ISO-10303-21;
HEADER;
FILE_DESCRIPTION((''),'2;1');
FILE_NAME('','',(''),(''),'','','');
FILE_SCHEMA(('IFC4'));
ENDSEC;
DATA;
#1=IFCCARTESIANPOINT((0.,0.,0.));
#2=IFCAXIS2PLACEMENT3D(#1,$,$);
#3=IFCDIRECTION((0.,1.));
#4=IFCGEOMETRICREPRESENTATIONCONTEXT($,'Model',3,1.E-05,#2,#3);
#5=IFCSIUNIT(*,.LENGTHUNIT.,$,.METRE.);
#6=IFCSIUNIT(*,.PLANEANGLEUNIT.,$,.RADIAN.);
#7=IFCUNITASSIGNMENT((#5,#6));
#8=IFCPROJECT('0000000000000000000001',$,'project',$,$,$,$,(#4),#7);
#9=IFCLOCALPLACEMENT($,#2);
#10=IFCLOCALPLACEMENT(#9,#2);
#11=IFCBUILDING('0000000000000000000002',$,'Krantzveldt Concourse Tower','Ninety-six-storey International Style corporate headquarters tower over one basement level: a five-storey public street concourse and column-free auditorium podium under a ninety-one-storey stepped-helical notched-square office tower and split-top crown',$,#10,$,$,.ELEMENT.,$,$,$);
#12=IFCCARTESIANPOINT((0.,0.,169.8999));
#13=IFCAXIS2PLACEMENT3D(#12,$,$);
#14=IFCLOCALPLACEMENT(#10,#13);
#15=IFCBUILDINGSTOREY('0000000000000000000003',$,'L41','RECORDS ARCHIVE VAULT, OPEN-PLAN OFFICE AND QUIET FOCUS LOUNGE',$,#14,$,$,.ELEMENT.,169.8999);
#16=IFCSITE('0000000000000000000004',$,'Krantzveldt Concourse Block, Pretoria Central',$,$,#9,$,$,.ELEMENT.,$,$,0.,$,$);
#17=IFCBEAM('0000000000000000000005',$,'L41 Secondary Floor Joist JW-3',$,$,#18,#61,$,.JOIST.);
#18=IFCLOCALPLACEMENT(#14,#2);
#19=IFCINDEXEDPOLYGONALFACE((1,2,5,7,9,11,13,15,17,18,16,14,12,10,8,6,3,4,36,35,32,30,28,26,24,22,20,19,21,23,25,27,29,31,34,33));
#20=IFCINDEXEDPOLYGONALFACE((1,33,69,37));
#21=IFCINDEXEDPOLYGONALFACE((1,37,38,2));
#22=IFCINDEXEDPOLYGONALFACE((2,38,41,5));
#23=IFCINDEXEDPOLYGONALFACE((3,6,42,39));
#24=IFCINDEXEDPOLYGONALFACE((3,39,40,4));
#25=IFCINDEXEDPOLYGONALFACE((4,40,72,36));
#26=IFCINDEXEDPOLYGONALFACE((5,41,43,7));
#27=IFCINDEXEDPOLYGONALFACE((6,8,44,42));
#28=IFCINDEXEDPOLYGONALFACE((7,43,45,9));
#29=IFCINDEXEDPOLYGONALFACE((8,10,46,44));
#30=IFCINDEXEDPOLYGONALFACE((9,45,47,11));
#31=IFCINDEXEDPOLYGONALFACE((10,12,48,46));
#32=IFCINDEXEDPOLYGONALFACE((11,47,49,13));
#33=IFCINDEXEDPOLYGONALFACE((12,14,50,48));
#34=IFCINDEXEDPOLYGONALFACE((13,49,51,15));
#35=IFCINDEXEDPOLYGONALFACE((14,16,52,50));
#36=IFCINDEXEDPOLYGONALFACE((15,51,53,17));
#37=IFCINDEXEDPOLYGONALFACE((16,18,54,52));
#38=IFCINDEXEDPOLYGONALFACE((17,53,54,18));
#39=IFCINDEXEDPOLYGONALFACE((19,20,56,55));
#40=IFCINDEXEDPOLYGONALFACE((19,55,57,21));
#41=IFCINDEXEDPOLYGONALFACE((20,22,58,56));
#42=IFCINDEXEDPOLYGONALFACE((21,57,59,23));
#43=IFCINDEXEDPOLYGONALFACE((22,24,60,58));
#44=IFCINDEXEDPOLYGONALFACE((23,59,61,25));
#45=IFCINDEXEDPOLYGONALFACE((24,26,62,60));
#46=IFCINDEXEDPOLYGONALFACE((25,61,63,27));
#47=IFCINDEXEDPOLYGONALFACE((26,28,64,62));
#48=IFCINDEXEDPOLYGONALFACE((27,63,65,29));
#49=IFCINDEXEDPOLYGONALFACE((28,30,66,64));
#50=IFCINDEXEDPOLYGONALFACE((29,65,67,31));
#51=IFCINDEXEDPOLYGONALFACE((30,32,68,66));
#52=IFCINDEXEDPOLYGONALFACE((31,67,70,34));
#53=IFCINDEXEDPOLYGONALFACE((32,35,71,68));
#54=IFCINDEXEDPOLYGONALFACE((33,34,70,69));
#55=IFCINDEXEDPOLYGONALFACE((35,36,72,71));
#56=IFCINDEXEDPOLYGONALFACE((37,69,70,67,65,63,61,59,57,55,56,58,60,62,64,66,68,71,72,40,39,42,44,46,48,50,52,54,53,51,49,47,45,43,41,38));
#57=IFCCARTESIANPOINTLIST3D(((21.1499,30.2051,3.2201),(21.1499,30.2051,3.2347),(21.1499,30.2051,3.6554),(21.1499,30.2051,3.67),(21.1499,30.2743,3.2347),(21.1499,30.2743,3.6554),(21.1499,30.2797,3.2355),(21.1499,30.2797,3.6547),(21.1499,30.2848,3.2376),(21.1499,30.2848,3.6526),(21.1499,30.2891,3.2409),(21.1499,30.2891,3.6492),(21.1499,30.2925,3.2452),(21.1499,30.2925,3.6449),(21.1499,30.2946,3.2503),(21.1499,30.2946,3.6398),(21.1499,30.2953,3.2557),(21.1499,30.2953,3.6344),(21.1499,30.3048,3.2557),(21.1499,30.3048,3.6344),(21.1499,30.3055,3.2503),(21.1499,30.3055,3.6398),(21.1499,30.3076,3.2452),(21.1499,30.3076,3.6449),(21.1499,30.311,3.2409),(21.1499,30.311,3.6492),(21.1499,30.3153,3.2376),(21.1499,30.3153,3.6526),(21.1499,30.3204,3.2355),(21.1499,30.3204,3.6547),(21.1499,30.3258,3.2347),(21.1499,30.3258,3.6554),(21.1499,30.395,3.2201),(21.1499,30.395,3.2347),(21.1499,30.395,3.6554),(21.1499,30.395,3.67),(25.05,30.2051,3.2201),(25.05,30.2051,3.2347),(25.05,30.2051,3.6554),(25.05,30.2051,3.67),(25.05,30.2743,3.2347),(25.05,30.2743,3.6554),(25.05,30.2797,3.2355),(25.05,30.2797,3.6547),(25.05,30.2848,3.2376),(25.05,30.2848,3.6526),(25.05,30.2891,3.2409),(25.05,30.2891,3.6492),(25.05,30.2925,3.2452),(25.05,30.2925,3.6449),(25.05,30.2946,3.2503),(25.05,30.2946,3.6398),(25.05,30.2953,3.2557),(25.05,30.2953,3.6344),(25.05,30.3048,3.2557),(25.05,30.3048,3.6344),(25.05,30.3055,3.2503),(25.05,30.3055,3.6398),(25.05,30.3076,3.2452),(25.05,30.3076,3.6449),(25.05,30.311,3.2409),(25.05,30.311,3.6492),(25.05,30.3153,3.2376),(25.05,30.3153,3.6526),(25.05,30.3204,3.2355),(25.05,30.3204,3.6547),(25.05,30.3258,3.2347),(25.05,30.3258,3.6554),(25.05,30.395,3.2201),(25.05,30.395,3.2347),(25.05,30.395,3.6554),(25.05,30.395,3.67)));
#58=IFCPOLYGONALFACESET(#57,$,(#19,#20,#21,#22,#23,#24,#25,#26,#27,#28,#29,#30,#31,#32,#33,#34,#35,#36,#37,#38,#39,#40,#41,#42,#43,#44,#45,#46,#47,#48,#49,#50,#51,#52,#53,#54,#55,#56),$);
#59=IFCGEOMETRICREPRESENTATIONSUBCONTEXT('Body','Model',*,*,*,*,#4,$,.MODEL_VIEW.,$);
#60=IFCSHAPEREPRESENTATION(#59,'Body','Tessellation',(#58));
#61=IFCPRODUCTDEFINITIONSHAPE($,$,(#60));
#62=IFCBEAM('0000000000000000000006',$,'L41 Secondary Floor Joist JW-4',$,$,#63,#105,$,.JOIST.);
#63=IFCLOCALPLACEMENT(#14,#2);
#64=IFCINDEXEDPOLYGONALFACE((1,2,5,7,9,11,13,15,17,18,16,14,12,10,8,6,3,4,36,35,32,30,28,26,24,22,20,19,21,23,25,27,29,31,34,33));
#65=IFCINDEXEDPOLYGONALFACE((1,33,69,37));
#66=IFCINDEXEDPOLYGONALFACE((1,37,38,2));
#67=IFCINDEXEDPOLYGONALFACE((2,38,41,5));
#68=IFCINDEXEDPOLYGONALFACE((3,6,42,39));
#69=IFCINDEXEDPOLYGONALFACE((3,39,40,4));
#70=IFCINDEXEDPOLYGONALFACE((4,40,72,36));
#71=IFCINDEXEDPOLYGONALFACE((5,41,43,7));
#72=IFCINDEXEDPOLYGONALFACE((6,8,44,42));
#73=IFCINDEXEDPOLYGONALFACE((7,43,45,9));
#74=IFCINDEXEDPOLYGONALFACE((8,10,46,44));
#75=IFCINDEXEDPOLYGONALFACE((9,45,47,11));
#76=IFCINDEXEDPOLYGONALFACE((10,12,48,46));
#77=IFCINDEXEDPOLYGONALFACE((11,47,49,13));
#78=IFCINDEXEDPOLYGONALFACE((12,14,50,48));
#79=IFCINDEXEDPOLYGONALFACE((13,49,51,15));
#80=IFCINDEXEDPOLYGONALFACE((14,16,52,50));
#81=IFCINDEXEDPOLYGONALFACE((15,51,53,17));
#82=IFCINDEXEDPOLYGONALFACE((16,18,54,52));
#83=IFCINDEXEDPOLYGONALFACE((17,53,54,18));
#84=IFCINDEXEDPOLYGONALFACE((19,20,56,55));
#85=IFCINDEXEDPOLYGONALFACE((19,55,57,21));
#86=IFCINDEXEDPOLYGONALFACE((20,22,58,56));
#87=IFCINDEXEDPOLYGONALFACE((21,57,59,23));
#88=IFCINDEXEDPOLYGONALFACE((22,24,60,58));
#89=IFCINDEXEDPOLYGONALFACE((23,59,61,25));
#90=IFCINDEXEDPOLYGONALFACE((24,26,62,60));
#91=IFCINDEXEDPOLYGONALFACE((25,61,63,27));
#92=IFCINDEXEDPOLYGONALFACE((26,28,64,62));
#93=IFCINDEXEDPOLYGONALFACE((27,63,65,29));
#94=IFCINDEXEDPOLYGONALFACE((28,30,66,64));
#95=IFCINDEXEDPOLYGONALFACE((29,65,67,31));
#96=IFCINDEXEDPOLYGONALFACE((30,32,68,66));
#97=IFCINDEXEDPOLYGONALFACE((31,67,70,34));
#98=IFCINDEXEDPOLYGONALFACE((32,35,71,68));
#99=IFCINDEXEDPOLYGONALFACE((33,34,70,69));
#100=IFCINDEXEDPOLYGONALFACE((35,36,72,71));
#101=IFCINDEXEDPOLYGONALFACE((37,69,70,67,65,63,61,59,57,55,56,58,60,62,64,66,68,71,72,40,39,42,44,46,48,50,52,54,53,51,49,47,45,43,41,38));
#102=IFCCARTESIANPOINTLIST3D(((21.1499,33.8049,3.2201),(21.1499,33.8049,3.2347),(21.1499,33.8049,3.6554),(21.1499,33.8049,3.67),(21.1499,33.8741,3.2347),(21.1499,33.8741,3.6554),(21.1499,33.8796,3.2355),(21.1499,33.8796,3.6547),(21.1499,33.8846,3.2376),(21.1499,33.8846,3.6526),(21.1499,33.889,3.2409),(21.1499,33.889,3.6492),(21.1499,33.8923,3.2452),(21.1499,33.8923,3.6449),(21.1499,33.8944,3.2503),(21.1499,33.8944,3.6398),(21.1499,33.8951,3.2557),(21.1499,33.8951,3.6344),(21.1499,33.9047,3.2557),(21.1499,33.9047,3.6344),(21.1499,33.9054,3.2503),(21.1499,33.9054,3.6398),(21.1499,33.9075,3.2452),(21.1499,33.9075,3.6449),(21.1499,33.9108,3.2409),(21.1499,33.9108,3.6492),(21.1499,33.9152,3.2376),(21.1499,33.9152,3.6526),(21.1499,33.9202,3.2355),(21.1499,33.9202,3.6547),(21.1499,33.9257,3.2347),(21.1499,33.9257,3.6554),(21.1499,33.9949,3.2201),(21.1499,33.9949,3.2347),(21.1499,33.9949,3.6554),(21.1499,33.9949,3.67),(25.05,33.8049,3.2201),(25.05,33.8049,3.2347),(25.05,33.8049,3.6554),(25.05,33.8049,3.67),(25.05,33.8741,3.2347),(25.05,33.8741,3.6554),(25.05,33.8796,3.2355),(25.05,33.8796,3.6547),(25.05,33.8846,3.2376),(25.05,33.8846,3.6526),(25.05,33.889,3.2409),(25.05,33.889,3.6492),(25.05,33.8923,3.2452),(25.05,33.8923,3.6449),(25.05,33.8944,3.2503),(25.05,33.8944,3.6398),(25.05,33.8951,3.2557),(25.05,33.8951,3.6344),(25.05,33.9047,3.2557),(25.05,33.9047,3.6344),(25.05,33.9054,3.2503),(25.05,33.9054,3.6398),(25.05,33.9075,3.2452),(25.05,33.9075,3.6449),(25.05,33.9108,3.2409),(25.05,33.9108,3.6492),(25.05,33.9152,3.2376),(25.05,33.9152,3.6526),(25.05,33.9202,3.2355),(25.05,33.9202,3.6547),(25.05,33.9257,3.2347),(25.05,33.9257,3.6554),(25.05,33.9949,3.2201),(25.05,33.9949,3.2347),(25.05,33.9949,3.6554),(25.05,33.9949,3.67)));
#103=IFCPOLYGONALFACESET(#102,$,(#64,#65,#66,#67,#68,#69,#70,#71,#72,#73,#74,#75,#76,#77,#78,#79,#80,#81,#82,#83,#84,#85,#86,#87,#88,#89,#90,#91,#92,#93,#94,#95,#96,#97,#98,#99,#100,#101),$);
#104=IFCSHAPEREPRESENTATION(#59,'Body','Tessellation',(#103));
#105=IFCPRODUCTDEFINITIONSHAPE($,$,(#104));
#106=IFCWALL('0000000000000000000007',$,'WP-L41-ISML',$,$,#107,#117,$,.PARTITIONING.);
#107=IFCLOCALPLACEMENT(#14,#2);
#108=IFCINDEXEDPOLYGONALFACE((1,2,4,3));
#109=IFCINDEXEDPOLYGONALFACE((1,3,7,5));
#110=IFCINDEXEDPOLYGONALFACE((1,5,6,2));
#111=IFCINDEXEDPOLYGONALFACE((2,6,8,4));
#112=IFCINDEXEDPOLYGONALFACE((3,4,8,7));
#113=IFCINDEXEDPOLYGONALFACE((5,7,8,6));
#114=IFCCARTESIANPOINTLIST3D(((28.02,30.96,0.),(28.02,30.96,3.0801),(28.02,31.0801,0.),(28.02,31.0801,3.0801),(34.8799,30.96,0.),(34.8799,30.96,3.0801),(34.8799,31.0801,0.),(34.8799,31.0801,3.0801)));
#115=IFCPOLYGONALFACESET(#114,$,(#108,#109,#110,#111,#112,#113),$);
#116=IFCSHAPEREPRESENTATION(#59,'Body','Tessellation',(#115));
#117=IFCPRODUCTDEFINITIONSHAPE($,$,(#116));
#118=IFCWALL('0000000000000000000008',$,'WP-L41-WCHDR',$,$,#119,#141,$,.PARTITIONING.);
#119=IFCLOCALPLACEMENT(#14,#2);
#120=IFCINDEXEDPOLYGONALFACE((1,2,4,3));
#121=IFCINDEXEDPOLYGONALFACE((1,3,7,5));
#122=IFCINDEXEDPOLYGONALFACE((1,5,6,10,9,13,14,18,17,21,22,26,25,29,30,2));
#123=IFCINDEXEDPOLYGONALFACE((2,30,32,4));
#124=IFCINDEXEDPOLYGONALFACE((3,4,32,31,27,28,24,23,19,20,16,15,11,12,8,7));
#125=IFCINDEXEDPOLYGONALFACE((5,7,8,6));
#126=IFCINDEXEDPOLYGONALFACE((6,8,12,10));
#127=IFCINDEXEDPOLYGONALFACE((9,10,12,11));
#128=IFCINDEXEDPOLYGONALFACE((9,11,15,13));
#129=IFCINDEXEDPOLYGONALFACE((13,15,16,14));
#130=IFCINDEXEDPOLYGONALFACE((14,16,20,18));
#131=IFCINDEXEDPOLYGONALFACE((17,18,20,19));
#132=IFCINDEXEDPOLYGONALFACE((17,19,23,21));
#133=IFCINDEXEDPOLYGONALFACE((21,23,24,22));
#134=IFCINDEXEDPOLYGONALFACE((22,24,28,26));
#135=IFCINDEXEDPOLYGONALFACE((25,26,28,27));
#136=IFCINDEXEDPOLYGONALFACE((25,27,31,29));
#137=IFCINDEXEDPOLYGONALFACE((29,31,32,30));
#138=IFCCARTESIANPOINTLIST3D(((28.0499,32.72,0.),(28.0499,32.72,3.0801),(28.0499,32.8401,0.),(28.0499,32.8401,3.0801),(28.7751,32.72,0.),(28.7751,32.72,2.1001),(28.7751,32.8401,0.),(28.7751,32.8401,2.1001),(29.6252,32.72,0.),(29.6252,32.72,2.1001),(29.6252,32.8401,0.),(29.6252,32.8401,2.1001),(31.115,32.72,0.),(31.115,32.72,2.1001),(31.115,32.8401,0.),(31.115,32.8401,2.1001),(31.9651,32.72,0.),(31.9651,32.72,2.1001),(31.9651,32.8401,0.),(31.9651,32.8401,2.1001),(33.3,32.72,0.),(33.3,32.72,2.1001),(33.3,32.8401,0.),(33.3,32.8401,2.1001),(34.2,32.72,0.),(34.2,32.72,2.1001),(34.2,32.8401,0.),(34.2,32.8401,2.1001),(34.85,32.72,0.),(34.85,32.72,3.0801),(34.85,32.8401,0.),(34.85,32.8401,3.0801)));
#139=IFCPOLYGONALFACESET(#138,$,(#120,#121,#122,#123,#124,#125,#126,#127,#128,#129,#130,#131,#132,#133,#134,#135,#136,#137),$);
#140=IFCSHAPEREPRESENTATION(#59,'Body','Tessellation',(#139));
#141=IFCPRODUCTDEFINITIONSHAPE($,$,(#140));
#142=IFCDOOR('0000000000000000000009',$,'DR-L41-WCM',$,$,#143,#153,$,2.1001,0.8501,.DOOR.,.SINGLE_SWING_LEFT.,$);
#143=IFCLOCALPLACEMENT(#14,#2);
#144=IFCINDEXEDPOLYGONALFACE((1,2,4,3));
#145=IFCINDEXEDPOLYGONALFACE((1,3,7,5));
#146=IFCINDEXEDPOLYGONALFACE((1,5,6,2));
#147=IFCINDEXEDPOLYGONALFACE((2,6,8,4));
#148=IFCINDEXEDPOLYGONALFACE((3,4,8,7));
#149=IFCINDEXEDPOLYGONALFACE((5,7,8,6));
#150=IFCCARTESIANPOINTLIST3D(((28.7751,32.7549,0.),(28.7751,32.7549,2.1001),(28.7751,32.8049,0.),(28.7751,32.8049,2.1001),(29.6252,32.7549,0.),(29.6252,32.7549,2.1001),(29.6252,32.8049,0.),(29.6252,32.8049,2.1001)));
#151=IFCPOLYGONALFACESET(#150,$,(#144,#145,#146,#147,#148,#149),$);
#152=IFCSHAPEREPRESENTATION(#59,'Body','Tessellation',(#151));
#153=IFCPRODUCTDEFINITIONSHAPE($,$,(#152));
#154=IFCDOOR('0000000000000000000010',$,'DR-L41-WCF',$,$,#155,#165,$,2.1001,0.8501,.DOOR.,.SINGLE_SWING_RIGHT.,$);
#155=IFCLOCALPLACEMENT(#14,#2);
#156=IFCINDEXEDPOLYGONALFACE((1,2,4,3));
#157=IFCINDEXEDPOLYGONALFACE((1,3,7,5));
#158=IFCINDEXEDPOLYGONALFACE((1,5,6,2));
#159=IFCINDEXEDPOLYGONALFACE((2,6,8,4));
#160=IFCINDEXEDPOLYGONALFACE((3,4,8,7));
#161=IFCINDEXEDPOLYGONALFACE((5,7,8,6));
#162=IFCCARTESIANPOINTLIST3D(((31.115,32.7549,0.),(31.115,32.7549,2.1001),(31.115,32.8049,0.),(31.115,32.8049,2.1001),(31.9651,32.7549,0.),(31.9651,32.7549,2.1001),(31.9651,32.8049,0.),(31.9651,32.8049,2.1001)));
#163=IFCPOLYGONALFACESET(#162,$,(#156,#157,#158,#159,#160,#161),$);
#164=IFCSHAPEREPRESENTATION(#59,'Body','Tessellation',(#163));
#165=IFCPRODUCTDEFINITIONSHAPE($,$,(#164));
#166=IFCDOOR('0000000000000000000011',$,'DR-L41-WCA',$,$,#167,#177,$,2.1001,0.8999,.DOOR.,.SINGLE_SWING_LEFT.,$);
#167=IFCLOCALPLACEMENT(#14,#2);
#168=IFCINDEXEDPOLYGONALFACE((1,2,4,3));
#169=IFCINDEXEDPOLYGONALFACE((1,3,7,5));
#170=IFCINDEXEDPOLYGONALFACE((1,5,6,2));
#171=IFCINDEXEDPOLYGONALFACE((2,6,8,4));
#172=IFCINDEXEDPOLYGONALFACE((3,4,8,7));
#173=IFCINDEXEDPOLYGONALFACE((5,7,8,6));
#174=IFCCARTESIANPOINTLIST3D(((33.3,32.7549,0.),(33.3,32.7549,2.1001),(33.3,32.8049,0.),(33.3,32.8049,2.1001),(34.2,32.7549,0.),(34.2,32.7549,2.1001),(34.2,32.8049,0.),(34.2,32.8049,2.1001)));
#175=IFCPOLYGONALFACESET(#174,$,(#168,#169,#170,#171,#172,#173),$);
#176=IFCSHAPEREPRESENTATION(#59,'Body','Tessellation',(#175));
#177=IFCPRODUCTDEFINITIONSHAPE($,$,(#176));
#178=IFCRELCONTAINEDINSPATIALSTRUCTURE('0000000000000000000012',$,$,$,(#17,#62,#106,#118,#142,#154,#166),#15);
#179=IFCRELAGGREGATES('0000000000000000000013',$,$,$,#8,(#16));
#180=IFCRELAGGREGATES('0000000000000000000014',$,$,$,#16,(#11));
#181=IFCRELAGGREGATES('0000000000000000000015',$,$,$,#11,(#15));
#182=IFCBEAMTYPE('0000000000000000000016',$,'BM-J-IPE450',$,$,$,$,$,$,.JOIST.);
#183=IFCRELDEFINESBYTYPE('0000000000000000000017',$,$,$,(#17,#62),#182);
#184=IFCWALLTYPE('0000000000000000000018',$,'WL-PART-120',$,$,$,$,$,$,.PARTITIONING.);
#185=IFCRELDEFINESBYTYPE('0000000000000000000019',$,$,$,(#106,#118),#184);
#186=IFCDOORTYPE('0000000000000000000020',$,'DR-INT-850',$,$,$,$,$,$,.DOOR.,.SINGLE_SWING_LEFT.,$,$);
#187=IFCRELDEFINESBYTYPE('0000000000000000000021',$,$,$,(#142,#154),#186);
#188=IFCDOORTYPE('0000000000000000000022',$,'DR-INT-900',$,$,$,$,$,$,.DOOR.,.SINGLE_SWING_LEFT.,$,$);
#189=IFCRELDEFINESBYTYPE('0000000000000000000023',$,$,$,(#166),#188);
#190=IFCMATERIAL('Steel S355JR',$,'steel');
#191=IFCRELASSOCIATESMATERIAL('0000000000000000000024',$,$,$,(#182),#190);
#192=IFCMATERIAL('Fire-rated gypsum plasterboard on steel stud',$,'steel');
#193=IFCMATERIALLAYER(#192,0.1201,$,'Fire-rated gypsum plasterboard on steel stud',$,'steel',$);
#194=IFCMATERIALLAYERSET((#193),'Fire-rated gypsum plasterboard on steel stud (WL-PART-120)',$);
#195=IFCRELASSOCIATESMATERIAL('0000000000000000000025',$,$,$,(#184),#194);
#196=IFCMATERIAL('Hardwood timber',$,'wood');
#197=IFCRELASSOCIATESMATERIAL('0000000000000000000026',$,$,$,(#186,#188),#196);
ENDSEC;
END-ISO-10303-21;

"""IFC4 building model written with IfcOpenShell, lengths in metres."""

from ifc_helpers import new_model, si_unit, direction, frame, frame_2d, origin, origin_2d, place, context, subcontext, project, spatial, rectangle, i_section, extrude, source, transform, mapped, material, layer, layer_set, material_profile, profile_set, type_object, element, fill, save


model = new_model("IFC4")

# Units and contexts
model_context = context("Model", 3, precision=1e-05, world=origin(), true_north=direction((0.0, 1.0)))
body_context = subcontext(model_context, "Body", "Model", "MODEL_VIEW")
ifc_project = project(units=[si_unit("LENGTHUNIT", "METRE"), si_unit("PLANEANGLEUNIT", "RADIAN")], contexts=[model_context])

# Site, building, storey
site_placement = place(None, origin())
site = spatial("IfcSite", under=ifc_project, at=site_placement, Name="Krantzveldt Concourse Block, Pretoria Central", CompositionType="ELEMENT", RefElevation=0.0)
building_placement = place(site_placement, origin())
building = spatial("IfcBuilding", under=site, at=building_placement, Name="Krantzveldt Concourse Tower", Description="Ninety-six-storey International Style corporate headquarters tower over one basement level: a five-storey public street concourse and column-free auditorium podium under a ninety-one-storey stepped-helical notched-square office tower and split-top crown", CompositionType="ELEMENT")
storey_placement = place(building_placement, frame((0.0, 0.0, 169.8999)))
storey = spatial("IfcBuildingStorey", under=building, at=storey_placement, Name="L41", Description="RECORDS ARCHIVE VAULT, OPEN-PLAN OFFICE AND QUIET FOCUS LOUNGE", CompositionType="ELEMENT", Elevation=169.8999)

# Beams
ifc_material_1 = material(Name="Steel S355JR", Category="steel")
ifc_material_profile_1 = material_profile(ifc_material_1, i_section(OverallWidth=0.1899, OverallDepth=0.45, WebThickness=0.0095, FlangeThickness=0.0146, FilletRadius=0.021, at=origin_2d()), Name="Steel S355JR", Category="steel")
ifc_profile_set_1 = profile_set([ifc_material_profile_1], Name="Steel S355JR - IPE 450")
beam_type_1 = type_object("IfcBeamType", Name="BM-J-IPE450", PredefinedType="JOIST", material=ifc_profile_set_1)
shared_shape_1 = source(origin(), body_context, "Body", "SweptSolid", [
    extrude(i_section(OverallWidth=0.1899, OverallDepth=0.45, WebThickness=0.0095, FlangeThickness=0.0146, FilletRadius=0.021, at=origin_2d()), origin(), (0.0, 0.0, 1.0), 3.9001),
])
for number, where, z_axis, x_axis, name in (
    (1, (21.1499, 30.3, 3.4451), (1.0, 0.0, 0.0), (0.0, 1.0, 0.0), "L41 Secondary Floor Joist JW-3"),
    (2, (21.1499, 33.8999, 3.4451), (1.0, 0.0, 0.0), (0.0, 1.0, 0.0), "L41 Secondary Floor Joist JW-4"),
):
    element("IfcBeam", number, at=place(storey_placement, frame(where, z_axis=z_axis, x_axis=x_axis)), inside=storey, type_object=beam_type_1, Name=name, PredefinedType="JOIST", context=body_context, shape_type="MappedRepresentation", body=[
        mapped(shared_shape_1, transform((0.0, 0.0, 0.0), x_axis=(1.0, 0.0, 0.0), y_axis=(0.0, 1.0, 0.0), z_axis=(0.0, 0.0, 1.0), scale=1.0)),
    ])

# Wall
ifc_material_2 = material(Name="Fire-rated gypsum plasterboard on steel stud", Category="steel")
ifc_layer_1 = layer(ifc_material_2, 0.1201, Name="Fire-rated gypsum plasterboard on steel stud", Category="steel")
ifc_layer_set_1 = layer_set([ifc_layer_1], Name="Fire-rated gypsum plasterboard on steel stud (WL-PART-120)")
wall_type_1 = type_object("IfcWallType", Name="WL-PART-120", PredefinedType="PARTITIONING", material=ifc_layer_set_1)
wall_1_placement = place(storey_placement, frame((28.02, 31.02, 0.0), z_axis=(0.0, 0.0, 1.0), x_axis=(1.0, 0.0, 0.0)))
element("IfcWall", 3, at=wall_1_placement, inside=storey, type_object=wall_type_1, Name="WP-L41-ISML", PredefinedType="PARTITIONING", context=body_context, shape_type="SweptSolid", body=[
    extrude(rectangle(XDim=6.8599, YDim=0.1201, at=frame_2d((3.4299, 0.0))), origin(), (0.0, 0.0, 1.0), 3.0801),
])

# Wall, openings, doors
wall_2_placement = place(storey_placement, frame((28.05, 32.78, 0.0), z_axis=(0.0, 0.0, 1.0), x_axis=(1.0, 0.0, 0.0)))
wall_2 = element("IfcWall", 4, at=wall_2_placement, inside=storey, type_object=wall_type_1, Name="WP-L41-WCHDR", PredefinedType="PARTITIONING", context=body_context, shape_type="SweptSolid", body=[
    extrude(rectangle(XDim=6.8, YDim=0.1201, at=frame_2d((3.3999, 0.0))), origin(), (0.0, 0.0, 1.0), 3.0801),
])
opening_1_placement = place(wall_2_placement, frame((0.7251, 0.0, 0.0)))
opening_1 = element("IfcOpeningElement", 5, at=opening_1_placement, cuts=wall_2, PredefinedType="OPENING", context=body_context, shape_type="SweptSolid", body=[
    extrude(rectangle(XDim=0.8501, YDim=2.1001, at=frame_2d((0.425, 1.05))), frame((0.0, 0.0701, 0.0), z_axis=(0.0, -1.0, 0.0), x_axis=(1.0, 0.0, 0.0)), (0.0, 0.0, 1.0), 0.1401),
])
opening_2_placement = place(wall_2_placement, frame((3.0649, 0.0, 0.0)))
opening_2 = element("IfcOpeningElement", 6, at=opening_2_placement, cuts=wall_2, PredefinedType="OPENING", context=body_context, shape_type="SweptSolid", body=[
    extrude(rectangle(XDim=0.8501, YDim=2.1001, at=frame_2d((0.425, 1.05))), frame((0.0, 0.0701, 0.0), z_axis=(0.0, -1.0, 0.0), x_axis=(1.0, 0.0, 0.0)), (0.0, 0.0, 1.0), 0.1401),
])
opening_3_placement = place(wall_2_placement, frame((5.25, 0.0, 0.0)))
opening_3 = element("IfcOpeningElement", 7, at=opening_3_placement, cuts=wall_2, PredefinedType="OPENING", context=body_context, shape_type="SweptSolid", body=[
    extrude(rectangle(XDim=0.8999, YDim=2.1001, at=frame_2d((0.45, 1.05))), frame((0.0, 0.0701, 0.0), z_axis=(0.0, -1.0, 0.0), x_axis=(1.0, 0.0, 0.0)), (0.0, 0.0, 1.0), 0.1401),
])
ifc_material_3 = material(Name="Hardwood timber", Category="wood")
door_type_1 = type_object("IfcDoorType", Name="DR-INT-850", OperationType="SINGLE_SWING_LEFT", PredefinedType="DOOR", material=ifc_material_3)
door_1_placement = place(opening_1_placement, origin())
door_1 = element("IfcDoor", 8, at=door_1_placement, inside=storey, type_object=door_type_1, Name="DR-L41-WCM", OperationType="SINGLE_SWING_LEFT", OverallHeight=2.1001, OverallWidth=0.8501, PredefinedType="DOOR", context=body_context, shape_type="SweptSolid", body=[
    extrude(rectangle(XDim=0.8501, YDim=2.1001, at=frame_2d((0.425, 1.05))), frame((0.0, 0.0249, 0.0), z_axis=(0.0, -1.0, 0.0), x_axis=(1.0, 0.0, 0.0)), (0.0, 0.0, 1.0), 0.05),
])
fill(opening_1, door_1)
door_2_placement = place(opening_2_placement, origin())
door_2 = element("IfcDoor", 9, at=door_2_placement, inside=storey, type_object=door_type_1, Name="DR-L41-WCF", OperationType="SINGLE_SWING_RIGHT", OverallHeight=2.1001, OverallWidth=0.8501, PredefinedType="DOOR", context=body_context, shape_type="SweptSolid", body=[
    extrude(rectangle(XDim=0.8501, YDim=2.1001, at=frame_2d((0.425, 1.05))), frame((0.0, 0.0249, 0.0), z_axis=(0.0, -1.0, 0.0), x_axis=(1.0, 0.0, 0.0)), (0.0, 0.0, 1.0), 0.05),
])
fill(opening_2, door_2)
door_type_2 = type_object("IfcDoorType", Name="DR-INT-900", OperationType="SINGLE_SWING_LEFT", PredefinedType="DOOR", material=ifc_material_3)
door_3_placement = place(opening_3_placement, origin())
door_3 = element("IfcDoor", 10, at=door_3_placement, inside=storey, type_object=door_type_2, Name="DR-L41-WCA", OperationType="SINGLE_SWING_LEFT", OverallHeight=2.1001, OverallWidth=0.8999, PredefinedType="DOOR", context=body_context, shape_type="SweptSolid", body=[
    extrude(rectangle(XDim=0.8999, YDim=2.1001, at=frame_2d((0.45, 1.05))), frame((0.0, 0.0249, 0.0), z_axis=(0.0, -1.0, 0.0), x_axis=(1.0, 0.0, 0.0)), (0.0, 0.0, 1.0), 0.05),
])
fill(opening_3, door_3)

save(model, "model.ifc")
